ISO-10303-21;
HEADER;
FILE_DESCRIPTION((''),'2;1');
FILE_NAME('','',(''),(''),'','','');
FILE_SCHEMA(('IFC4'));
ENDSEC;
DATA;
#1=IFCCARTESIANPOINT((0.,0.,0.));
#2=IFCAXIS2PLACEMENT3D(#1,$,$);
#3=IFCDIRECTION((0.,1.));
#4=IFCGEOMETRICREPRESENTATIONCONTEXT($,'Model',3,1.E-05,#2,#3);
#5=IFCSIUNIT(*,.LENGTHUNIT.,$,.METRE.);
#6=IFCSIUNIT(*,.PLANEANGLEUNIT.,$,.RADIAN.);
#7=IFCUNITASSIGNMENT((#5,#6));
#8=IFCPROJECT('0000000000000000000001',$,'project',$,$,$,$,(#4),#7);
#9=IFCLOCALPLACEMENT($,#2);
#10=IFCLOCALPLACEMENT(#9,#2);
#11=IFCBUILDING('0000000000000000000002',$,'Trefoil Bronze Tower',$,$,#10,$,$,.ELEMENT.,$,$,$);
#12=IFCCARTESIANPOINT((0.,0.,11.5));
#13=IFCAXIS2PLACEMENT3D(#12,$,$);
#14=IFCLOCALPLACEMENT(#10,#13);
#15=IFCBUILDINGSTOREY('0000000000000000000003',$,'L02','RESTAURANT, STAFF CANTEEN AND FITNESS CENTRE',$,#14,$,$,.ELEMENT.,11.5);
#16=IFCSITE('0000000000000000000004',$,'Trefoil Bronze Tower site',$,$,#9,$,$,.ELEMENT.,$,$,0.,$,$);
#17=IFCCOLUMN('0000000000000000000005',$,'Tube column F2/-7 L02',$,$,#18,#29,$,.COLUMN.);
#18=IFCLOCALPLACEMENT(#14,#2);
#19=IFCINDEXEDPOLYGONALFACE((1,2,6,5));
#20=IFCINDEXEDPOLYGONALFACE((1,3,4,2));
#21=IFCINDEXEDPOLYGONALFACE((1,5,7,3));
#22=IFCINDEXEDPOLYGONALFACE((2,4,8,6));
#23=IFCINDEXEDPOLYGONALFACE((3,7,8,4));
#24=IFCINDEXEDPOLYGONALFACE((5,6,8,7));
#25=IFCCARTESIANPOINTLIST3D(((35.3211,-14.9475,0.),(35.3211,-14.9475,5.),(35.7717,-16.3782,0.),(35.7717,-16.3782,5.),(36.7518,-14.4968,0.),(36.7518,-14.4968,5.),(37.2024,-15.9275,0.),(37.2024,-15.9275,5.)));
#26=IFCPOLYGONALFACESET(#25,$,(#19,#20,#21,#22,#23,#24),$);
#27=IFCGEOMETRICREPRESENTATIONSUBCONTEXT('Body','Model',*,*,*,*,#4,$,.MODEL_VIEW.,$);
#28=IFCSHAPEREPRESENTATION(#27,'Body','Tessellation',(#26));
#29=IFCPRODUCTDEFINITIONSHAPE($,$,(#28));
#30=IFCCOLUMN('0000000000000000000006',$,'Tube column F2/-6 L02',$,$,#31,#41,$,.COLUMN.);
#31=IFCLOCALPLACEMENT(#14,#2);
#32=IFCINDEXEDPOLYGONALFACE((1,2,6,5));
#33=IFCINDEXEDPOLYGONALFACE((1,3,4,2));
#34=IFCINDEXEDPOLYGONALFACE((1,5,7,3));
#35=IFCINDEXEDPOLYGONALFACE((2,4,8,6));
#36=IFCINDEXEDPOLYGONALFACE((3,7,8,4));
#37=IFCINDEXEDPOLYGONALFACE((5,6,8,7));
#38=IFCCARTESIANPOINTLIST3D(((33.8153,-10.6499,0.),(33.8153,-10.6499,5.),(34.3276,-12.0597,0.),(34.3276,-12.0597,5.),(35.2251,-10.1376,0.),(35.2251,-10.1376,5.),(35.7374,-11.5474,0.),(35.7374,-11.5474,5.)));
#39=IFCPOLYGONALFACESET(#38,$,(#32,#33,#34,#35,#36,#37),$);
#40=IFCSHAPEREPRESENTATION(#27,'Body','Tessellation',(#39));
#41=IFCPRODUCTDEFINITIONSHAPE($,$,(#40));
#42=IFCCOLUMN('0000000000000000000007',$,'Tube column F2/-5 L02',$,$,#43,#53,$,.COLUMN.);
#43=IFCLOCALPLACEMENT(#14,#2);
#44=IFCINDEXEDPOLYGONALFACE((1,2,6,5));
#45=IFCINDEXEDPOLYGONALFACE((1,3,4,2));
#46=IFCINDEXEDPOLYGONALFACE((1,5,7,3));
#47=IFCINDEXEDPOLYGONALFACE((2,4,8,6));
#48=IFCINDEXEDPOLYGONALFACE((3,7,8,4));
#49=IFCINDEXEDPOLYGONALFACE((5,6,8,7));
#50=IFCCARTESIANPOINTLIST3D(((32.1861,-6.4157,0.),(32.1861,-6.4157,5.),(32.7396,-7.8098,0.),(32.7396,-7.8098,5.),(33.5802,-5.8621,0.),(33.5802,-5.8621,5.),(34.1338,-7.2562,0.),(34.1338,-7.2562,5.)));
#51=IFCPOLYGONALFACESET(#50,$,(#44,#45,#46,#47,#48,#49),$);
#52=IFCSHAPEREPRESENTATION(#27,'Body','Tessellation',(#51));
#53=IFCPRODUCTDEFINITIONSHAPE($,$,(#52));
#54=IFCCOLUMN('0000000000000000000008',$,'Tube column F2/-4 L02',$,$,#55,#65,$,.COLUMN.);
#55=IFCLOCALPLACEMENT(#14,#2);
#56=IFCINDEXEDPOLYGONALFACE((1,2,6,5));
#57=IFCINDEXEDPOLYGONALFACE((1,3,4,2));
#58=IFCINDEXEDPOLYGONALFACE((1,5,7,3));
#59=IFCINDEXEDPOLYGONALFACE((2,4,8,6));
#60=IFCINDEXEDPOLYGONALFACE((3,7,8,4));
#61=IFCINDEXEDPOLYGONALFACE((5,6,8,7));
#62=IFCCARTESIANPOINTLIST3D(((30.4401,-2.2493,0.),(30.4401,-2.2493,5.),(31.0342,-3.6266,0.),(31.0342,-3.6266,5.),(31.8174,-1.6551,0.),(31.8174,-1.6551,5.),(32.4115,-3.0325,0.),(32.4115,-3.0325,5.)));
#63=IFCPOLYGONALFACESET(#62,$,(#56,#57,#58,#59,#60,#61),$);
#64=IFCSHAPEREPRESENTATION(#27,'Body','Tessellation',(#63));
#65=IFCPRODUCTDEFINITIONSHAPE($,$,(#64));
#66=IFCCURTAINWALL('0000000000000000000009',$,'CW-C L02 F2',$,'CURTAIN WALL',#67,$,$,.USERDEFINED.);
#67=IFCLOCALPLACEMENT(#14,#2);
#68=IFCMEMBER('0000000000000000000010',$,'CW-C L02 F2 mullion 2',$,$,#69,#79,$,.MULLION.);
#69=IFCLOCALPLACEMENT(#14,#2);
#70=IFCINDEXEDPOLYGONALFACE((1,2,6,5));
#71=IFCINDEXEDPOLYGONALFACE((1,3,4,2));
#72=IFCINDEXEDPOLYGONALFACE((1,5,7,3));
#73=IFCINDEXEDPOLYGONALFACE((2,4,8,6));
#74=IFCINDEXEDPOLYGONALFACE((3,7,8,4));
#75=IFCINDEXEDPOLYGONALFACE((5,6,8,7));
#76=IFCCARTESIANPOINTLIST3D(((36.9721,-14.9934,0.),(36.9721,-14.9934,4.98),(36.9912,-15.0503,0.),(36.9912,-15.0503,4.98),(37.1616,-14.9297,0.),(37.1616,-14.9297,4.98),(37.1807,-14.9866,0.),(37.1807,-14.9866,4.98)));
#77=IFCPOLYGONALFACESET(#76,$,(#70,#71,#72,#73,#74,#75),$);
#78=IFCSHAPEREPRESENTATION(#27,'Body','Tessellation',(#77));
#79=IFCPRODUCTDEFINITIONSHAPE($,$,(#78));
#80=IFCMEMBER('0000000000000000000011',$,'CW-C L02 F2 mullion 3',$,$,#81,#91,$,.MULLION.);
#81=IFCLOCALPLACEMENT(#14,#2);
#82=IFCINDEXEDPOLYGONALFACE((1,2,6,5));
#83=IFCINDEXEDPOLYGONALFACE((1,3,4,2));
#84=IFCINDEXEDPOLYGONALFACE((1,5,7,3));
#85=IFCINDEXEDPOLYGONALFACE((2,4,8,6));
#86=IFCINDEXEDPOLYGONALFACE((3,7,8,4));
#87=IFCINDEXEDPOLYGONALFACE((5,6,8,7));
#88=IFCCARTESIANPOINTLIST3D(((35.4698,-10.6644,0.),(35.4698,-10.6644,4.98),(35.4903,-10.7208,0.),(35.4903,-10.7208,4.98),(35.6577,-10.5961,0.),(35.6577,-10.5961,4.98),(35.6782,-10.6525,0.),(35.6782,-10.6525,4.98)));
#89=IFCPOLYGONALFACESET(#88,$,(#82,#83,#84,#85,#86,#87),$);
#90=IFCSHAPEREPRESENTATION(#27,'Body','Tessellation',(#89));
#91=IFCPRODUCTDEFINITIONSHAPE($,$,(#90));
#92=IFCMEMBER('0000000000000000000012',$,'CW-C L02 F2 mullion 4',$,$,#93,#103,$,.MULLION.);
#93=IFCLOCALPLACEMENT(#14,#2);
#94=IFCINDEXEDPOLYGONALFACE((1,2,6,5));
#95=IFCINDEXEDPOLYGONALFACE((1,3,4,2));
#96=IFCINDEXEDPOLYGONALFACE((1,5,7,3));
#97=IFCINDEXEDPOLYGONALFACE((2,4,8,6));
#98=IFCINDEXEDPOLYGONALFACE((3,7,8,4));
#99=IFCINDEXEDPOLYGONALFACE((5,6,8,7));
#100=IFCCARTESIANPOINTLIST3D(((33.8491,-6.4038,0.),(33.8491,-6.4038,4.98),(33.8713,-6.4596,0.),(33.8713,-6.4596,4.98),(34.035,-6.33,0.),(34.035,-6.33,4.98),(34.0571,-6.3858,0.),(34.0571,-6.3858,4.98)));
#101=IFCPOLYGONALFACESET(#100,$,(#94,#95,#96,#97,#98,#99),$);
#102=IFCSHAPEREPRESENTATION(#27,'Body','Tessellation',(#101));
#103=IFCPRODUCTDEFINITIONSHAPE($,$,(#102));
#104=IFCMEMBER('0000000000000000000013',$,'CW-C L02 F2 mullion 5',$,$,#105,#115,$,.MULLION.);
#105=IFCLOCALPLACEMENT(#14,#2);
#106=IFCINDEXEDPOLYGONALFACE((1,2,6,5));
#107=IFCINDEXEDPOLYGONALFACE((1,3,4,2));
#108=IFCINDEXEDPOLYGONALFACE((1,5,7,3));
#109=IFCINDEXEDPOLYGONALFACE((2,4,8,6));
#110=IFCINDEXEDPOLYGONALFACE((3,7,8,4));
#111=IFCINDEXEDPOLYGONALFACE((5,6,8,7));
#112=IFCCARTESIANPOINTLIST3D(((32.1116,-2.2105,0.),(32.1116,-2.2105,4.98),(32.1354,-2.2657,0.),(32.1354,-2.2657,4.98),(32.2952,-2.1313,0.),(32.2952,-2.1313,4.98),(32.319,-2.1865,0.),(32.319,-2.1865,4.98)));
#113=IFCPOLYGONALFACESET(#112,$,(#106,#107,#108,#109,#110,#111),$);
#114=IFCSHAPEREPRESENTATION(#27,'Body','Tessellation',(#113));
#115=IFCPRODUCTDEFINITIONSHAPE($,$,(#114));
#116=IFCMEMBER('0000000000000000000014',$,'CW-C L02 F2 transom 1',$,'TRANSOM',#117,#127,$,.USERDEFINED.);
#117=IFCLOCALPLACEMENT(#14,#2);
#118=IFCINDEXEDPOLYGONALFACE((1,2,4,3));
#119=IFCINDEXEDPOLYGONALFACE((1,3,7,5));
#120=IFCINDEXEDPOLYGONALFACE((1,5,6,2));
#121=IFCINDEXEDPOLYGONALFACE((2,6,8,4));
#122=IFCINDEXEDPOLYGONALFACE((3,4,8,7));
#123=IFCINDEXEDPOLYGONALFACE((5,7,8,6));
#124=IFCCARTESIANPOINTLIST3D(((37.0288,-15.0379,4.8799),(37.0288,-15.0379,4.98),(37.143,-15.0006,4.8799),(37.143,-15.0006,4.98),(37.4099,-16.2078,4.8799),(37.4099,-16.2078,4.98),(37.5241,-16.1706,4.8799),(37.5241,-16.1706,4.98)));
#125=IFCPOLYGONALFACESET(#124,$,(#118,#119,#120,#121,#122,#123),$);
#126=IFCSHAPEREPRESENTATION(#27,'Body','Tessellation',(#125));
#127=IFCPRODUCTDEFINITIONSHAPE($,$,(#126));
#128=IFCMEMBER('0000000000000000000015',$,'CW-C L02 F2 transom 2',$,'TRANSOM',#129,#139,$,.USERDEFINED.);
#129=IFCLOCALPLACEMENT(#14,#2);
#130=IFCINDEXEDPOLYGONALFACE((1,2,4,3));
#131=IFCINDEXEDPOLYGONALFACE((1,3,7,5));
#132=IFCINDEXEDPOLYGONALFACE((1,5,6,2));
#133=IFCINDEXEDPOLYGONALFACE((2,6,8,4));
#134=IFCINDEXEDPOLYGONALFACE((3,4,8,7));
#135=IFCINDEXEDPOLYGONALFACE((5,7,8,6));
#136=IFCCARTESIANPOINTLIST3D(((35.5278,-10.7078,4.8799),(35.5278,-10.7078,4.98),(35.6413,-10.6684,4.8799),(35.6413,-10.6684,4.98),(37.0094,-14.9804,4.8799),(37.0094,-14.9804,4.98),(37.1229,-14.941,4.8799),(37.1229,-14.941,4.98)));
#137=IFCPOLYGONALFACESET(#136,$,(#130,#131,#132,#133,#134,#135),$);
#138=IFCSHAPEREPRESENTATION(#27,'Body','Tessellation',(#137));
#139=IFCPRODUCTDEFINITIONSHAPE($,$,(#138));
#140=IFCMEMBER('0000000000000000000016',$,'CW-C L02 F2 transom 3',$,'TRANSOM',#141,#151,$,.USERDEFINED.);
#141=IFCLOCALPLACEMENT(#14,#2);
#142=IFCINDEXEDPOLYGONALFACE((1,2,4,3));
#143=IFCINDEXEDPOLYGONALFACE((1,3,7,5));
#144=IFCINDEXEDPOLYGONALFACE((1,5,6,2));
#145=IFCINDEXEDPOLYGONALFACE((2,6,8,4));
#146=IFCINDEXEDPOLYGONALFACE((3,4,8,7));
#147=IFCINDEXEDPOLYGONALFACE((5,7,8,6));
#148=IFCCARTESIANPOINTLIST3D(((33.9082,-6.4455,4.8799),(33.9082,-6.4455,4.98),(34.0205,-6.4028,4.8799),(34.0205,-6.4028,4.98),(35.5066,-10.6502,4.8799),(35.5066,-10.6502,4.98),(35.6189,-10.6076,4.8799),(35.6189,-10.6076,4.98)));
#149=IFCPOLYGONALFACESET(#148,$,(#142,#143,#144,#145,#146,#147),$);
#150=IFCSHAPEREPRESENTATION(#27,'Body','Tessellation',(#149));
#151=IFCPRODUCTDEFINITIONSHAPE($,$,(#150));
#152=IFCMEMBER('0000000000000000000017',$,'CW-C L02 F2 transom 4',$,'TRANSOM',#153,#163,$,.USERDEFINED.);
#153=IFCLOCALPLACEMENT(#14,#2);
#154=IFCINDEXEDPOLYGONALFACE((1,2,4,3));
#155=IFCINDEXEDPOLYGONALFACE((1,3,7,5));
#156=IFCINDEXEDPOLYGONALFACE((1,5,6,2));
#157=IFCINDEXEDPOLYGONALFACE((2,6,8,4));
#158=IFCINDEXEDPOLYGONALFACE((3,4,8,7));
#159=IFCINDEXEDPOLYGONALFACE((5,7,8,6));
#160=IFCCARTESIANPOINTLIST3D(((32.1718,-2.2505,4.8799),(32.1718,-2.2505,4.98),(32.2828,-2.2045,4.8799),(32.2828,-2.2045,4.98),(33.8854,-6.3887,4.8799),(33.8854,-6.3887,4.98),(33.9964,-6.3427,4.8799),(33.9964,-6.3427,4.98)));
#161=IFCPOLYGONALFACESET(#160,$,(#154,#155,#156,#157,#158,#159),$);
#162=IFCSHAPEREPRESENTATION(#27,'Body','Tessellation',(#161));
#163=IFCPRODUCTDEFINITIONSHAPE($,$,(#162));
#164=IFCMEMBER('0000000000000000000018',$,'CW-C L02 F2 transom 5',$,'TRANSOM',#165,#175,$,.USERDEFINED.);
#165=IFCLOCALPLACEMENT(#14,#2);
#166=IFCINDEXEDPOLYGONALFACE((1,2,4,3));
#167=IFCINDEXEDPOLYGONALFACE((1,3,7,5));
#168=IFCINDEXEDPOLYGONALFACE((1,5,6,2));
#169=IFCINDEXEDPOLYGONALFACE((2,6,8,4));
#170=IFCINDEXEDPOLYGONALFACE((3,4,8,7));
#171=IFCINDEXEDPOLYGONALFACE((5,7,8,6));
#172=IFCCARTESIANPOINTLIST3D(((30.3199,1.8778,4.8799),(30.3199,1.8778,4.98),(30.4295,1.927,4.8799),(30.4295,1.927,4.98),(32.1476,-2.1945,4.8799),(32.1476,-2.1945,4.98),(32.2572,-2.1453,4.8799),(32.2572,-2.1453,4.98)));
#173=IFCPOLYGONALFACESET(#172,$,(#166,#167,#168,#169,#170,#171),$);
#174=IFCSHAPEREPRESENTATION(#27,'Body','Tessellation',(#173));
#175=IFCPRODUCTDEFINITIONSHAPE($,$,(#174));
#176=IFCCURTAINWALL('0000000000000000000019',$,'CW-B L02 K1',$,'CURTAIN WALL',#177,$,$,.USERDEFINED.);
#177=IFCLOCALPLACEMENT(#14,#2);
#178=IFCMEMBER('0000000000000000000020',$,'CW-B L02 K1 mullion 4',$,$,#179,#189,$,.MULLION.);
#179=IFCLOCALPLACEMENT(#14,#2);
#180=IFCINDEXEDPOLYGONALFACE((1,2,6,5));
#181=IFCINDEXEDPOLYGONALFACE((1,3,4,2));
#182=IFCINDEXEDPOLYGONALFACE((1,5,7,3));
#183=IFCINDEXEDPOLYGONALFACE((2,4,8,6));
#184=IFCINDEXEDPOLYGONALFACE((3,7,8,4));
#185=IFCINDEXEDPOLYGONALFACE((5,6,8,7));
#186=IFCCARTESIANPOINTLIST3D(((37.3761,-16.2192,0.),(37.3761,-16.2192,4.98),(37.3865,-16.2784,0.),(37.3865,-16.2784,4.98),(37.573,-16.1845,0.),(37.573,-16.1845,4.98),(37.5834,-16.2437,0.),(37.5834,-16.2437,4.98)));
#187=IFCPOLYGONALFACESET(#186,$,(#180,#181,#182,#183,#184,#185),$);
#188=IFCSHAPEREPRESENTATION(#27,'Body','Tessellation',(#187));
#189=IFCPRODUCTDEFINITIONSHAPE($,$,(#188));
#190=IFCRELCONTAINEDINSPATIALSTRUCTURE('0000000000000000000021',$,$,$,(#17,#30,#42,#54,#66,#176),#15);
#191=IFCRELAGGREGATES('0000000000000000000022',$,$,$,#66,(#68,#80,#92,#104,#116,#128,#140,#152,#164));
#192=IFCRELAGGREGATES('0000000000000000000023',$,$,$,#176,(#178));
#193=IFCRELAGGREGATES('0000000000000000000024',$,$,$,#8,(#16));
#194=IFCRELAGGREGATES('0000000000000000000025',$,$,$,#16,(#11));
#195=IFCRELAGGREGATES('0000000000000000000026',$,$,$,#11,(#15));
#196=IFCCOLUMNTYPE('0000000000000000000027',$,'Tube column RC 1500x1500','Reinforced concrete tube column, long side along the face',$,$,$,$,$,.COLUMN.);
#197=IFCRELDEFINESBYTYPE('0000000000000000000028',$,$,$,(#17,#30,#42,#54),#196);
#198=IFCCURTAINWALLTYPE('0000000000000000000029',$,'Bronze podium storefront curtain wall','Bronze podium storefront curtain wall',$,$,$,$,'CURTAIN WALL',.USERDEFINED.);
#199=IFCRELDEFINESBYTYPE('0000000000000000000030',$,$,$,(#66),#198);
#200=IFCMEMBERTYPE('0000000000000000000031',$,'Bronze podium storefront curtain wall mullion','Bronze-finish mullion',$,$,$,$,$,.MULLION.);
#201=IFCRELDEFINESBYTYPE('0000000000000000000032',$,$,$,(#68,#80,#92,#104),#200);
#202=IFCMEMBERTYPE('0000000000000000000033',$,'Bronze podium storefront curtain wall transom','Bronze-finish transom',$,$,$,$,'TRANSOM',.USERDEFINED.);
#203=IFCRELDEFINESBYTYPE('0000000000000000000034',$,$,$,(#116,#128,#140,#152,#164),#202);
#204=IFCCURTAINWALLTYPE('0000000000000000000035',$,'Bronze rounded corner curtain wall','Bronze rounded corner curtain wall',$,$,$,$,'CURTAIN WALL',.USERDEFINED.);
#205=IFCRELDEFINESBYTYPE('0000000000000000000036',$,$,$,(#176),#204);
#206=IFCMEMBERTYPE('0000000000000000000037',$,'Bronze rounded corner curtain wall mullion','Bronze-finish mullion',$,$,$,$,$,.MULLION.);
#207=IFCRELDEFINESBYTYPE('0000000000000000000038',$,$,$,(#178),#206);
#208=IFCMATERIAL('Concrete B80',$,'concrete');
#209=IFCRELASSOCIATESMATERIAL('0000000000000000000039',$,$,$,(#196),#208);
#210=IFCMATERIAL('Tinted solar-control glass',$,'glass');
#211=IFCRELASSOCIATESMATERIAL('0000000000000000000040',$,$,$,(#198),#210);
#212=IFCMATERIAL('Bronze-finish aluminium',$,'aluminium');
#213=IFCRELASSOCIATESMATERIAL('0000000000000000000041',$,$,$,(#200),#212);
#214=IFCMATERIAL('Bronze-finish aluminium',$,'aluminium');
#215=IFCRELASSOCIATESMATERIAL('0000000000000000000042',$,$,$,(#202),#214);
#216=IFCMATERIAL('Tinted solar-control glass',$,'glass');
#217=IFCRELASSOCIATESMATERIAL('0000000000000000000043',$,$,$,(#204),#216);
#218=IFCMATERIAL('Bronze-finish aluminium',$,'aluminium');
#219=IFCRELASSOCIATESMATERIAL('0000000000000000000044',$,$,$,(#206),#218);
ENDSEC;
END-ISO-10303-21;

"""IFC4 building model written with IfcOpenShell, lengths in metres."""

from ifc_helpers import new_model, si_unit, direction, frame, origin, origin_2d, place, context, subcontext, project, spatial, rectangle, extrude, material, material_profile, profile_set, type_object, element, aggregate, save


model = new_model("IFC4")

# Units and contexts
model_context = context("Model", 3, precision=1e-05, world=origin(), true_north=direction((0.0, 1.0)))
body_context = subcontext(model_context, "Body", "Model", "MODEL_VIEW")
ifc_project = project(units=[si_unit("LENGTHUNIT", "METRE"), si_unit("PLANEANGLEUNIT", "RADIAN")], contexts=[model_context])

# Site, building, storey
site_placement = place(None, origin())
site = spatial("IfcSite", under=ifc_project, at=site_placement, Name="Trefoil Bronze Tower site", CompositionType="ELEMENT", RefElevation=0.0)
building_placement = place(site_placement, origin())
building = spatial("IfcBuilding", under=site, at=building_placement, Name="Trefoil Bronze Tower", CompositionType="ELEMENT")
storey_placement = place(building_placement, frame((0.0, 0.0, 11.5)))
storey = spatial("IfcBuildingStorey", under=building, at=storey_placement, Name="L02", Description="RESTAURANT, STAFF CANTEEN AND FITNESS CENTRE", CompositionType="ELEMENT", Elevation=11.5)

# Columns
ifc_material_1 = material(Name="Concrete B80", Category="concrete")
ifc_material_profile_1 = material_profile(ifc_material_1, rectangle(XDim=1.5, YDim=1.5, at=origin_2d()), Name="RC 1500x1500")
ifc_profile_set_1 = profile_set([ifc_material_profile_1], Name="Concrete B80")
column_type = type_object("IfcColumnType", Name="Tube column RC 1500x1500", Description="Reinforced concrete tube column, long side along the face", PredefinedType="COLUMN", material=ifc_profile_set_1)
for number, where, z_axis, x_axis, name in (
    (1, (36.2617, -15.4375, 0.0), (0.0, 0.0, 1.0), (-0.300414, 0.953809, 0.0), "Tube column F2/-7 L02"),
    (2, (34.7764, -11.0986, 0.0), (0.0, 0.0, 1.0), (-0.341559, 0.93986, 0.0), "Tube column F2/-6 L02"),
    (3, (33.1599, -6.8359, 0.0), (0.0, 0.0, 1.0), (-0.36904, 0.929414, 0.0), "Tube column F2/-5 L02"),
    (4, (31.4258, -2.6409, 0.0), (0.0, 0.0, 1.0), (-0.396085, 0.918214, 0.0), "Tube column F2/-4 L02"),
):
    element("IfcColumn", number, at=place(storey_placement, frame(where, z_axis=z_axis, x_axis=x_axis)), inside=storey, type_object=column_type, Name=name, PredefinedType="COLUMN", context=body_context, shape_type="SweptSolid", body=[
        extrude(rectangle(XDim=1.5, YDim=1.5, at=origin_2d()), origin(), (0.0, 0.0, 1.0), 5.0),
    ])

# Curtain wall, members
ifc_material_2 = material(Name="Tinted solar-control glass", Category="glass")
curtain_wall_type_1 = type_object("IfcCurtainWallType", Name="Bronze podium storefront curtain wall", Description="Bronze podium storefront curtain wall", ElementType="CURTAIN WALL", PredefinedType="USERDEFINED", material=ifc_material_2)
curtain_wall_1_placement = place(storey_placement, origin())
curtain_wall_1 = element("IfcCurtainWall", 5, at=curtain_wall_1_placement, inside=storey, type_object=curtain_wall_type_1, Name="CW-C L02 F2", ObjectType="CURTAIN WALL", PredefinedType="USERDEFINED")
ifc_material_3 = material(Name="Bronze-finish aluminium", Category="aluminium")
ifc_material_profile_2 = material_profile(ifc_material_3, rectangle(XDim=0.2, YDim=0.0601, at=origin_2d()), Name="CW-C mullion")
ifc_profile_set_2 = profile_set([ifc_material_profile_2], Name="Bronze-finish aluminium")
member_type_1 = type_object("IfcMemberType", Name="Bronze podium storefront curtain wall mullion", Description="Bronze-finish mullion", PredefinedType="MULLION", material=ifc_profile_set_2)
member_1_placement = place(storey_placement, frame((37.0764, -14.99, 0.0), z_axis=(0.0, 0.0, 1.0), x_axis=(-0.947851, -0.318715, 0.0)))
member_1 = element("IfcMember", 6, at=member_1_placement, type_object=member_type_1, Name="CW-C L02 F2 mullion 2", PredefinedType="MULLION", context=body_context, shape_type="SweptSolid", body=[
    extrude(rectangle(XDim=0.2, YDim=0.0601, at=origin_2d()), origin(), (0.0, 0.0, 1.0), 4.98),
])
member_2_placement = place(storey_placement, frame((35.574, -10.6584, 0.0), z_axis=(0.0, 0.0, 1.0), x_axis=(-0.93986, -0.341559, 0.0)))
member_2 = element("IfcMember", 7, at=member_2_placement, type_object=member_type_1, Name="CW-C L02 F2 mullion 3", PredefinedType="MULLION", context=body_context, shape_type="SweptSolid", body=[
    extrude(rectangle(XDim=0.2, YDim=0.0601, at=origin_2d()), origin(), (0.0, 0.0, 1.0), 4.98),
])
member_3_placement = place(storey_placement, frame((33.9531, -6.3948, 0.0), z_axis=(0.0, 0.0, 1.0), x_axis=(-0.929414, -0.36904, 0.0)))
member_3 = element("IfcMember", 8, at=member_3_placement, type_object=member_type_1, Name="CW-C L02 F2 mullion 4", PredefinedType="MULLION", context=body_context, shape_type="SweptSolid", body=[
    extrude(rectangle(XDim=0.2, YDim=0.0601, at=origin_2d()), origin(), (0.0, 0.0, 1.0), 4.98),
])
member_4_placement = place(storey_placement, frame((32.2153, -2.1985, 0.0), z_axis=(0.0, 0.0, 1.0), x_axis=(-0.918214, -0.396085, 0.0)))
member_4 = element("IfcMember", 9, at=member_4_placement, type_object=member_type_1, Name="CW-C L02 F2 mullion 5", PredefinedType="MULLION", context=body_context, shape_type="SweptSolid", body=[
    extrude(rectangle(XDim=0.2, YDim=0.0601, at=origin_2d()), origin(), (0.0, 0.0, 1.0), 4.98),
])
ifc_material_4 = material(Name="Bronze-finish aluminium", Category="aluminium")
ifc_material_profile_3 = material_profile(ifc_material_4, rectangle(XDim=0.1201, YDim=0.1001, at=origin_2d()), Name="CW-C transom")
ifc_profile_set_3 = profile_set([ifc_material_profile_3], Name="Bronze-finish aluminium")
member_type_2 = type_object("IfcMemberType", Name="Bronze podium storefront curtain wall transom", Description="Bronze-finish transom", ElementType="TRANSOM", PredefinedType="USERDEFINED", material=ifc_profile_set_3)
member_5_placement = place(storey_placement, frame((37.467, -16.1892, 4.9299), z_axis=(-0.309732, 0.950824, 0.0), x_axis=(-0.950824, -0.309732, 0.0)))
member_5 = element("IfcMember", 10, at=member_5_placement, type_object=member_type_2, Name="CW-C L02 F2 transom 1", ObjectType="TRANSOM", PredefinedType="USERDEFINED", context=body_context, shape_type="SweptSolid", body=[
    extrude(rectangle(XDim=0.1201, YDim=0.1001, at=origin_2d()), origin(), (0.0, 0.0, 1.0), 1.2305),
])
member_6_placement = place(storey_placement, frame((37.0662, -14.9607, 4.9299), z_axis=(-0.327639, 0.944803, 0.0), x_axis=(-0.944803, -0.327639, 0.0)))
member_6 = element("IfcMember", 11, at=member_6_placement, type_object=member_type_2, Name="CW-C L02 F2 transom 2", ObjectType="TRANSOM", PredefinedType="USERDEFINED", context=body_context, shape_type="SweptSolid", body=[
    extrude(rectangle(XDim=0.1201, YDim=0.1001, at=origin_2d()), origin(), (0.0, 0.0, 1.0), 4.5222),
])
member_7_placement = place(storey_placement, frame((35.5627, -10.6289, 4.9299), z_axis=(-0.355325, 0.934743, 0.0), x_axis=(-0.934743, -0.355325, 0.0)))
member_7 = element("IfcMember", 12, at=member_7_placement, type_object=member_type_2, Name="CW-C L02 F2 transom 3", ObjectType="TRANSOM", PredefinedType="USERDEFINED", context=body_context, shape_type="SweptSolid", body=[
    extrude(rectangle(XDim=0.1201, YDim=0.1001, at=origin_2d()), origin(), (0.0, 0.0, 1.0), 4.4983),
])
member_8_placement = place(storey_placement, frame((33.9409, -6.3657, 4.9299), z_axis=(-0.382594, 0.923917, 0.0), x_axis=(-0.923917, -0.382594, 0.0)))
member_8 = element("IfcMember", 13, at=member_8_placement, type_object=member_type_2, Name="CW-C L02 F2 transom 4", ObjectType="TRANSOM", PredefinedType="USERDEFINED", context=body_context, shape_type="SweptSolid", body=[
    extrude(rectangle(XDim=0.1201, YDim=0.1001, at=origin_2d()), origin(), (0.0, 0.0, 1.0), 4.479),
])
member_9_placement = place(storey_placement, frame((32.2024, -2.1699, 4.9299), z_axis=(-0.409455, 0.91233, 0.0), x_axis=(-0.91233, -0.409455, 0.0)))
member_9 = element("IfcMember", 14, at=member_9_placement, type_object=member_type_2, Name="CW-C L02 F2 transom 5", ObjectType="TRANSOM", PredefinedType="USERDEFINED", context=body_context, shape_type="SweptSolid", body=[
    extrude(rectangle(XDim=0.1201, YDim=0.1001, at=origin_2d()), origin(), (0.0, 0.0, 1.0), 4.4636),
])

# Curtain wall, member
ifc_material_5 = material(Name="Tinted solar-control glass", Category="glass")
curtain_wall_type_2 = type_object("IfcCurtainWallType", Name="Bronze rounded corner curtain wall", Description="Bronze rounded corner curtain wall", ElementType="CURTAIN WALL", PredefinedType="USERDEFINED", material=ifc_material_5)
curtain_wall_2_placement = place(storey_placement, origin())
curtain_wall_2 = element("IfcCurtainWall", 15, at=curtain_wall_2_placement, inside=storey, type_object=curtain_wall_type_2, Name="CW-B L02 K1", ObjectType="CURTAIN WALL", PredefinedType="USERDEFINED")
ifc_material_6 = material(Name="Bronze-finish aluminium", Category="aluminium")
ifc_material_profile_4 = material_profile(ifc_material_6, rectangle(XDim=0.2, YDim=0.0601, at=origin_2d()), Name="CW-B mullion")
ifc_profile_set_4 = profile_set([ifc_material_profile_4], Name="Bronze-finish aluminium")
member_type_3 = type_object("IfcMemberType", Name="Bronze rounded corner curtain wall mullion", Description="Bronze-finish mullion", PredefinedType="MULLION", material=ifc_profile_set_4)
member_10_placement = place(storey_placement, frame((37.4797, -16.2314, 0.0), z_axis=(0.0, 0.0, 1.0), x_axis=(-0.984808, -0.173648, 0.0)))
member_10 = element("IfcMember", 16, at=member_10_placement, type_object=member_type_3, Name="CW-B L02 K1 mullion 4", PredefinedType="MULLION", context=body_context, shape_type="SweptSolid", body=[
    extrude(rectangle(XDim=0.2, YDim=0.0601, at=origin_2d()), origin(), (0.0, 0.0, 1.0), 4.98),
])

aggregate(curtain_wall_1, [member_1, member_2, member_3, member_4, member_5, member_6, member_7, member_8, member_9])
aggregate(curtain_wall_2, [member_10])

save(model, "model.ifc")
